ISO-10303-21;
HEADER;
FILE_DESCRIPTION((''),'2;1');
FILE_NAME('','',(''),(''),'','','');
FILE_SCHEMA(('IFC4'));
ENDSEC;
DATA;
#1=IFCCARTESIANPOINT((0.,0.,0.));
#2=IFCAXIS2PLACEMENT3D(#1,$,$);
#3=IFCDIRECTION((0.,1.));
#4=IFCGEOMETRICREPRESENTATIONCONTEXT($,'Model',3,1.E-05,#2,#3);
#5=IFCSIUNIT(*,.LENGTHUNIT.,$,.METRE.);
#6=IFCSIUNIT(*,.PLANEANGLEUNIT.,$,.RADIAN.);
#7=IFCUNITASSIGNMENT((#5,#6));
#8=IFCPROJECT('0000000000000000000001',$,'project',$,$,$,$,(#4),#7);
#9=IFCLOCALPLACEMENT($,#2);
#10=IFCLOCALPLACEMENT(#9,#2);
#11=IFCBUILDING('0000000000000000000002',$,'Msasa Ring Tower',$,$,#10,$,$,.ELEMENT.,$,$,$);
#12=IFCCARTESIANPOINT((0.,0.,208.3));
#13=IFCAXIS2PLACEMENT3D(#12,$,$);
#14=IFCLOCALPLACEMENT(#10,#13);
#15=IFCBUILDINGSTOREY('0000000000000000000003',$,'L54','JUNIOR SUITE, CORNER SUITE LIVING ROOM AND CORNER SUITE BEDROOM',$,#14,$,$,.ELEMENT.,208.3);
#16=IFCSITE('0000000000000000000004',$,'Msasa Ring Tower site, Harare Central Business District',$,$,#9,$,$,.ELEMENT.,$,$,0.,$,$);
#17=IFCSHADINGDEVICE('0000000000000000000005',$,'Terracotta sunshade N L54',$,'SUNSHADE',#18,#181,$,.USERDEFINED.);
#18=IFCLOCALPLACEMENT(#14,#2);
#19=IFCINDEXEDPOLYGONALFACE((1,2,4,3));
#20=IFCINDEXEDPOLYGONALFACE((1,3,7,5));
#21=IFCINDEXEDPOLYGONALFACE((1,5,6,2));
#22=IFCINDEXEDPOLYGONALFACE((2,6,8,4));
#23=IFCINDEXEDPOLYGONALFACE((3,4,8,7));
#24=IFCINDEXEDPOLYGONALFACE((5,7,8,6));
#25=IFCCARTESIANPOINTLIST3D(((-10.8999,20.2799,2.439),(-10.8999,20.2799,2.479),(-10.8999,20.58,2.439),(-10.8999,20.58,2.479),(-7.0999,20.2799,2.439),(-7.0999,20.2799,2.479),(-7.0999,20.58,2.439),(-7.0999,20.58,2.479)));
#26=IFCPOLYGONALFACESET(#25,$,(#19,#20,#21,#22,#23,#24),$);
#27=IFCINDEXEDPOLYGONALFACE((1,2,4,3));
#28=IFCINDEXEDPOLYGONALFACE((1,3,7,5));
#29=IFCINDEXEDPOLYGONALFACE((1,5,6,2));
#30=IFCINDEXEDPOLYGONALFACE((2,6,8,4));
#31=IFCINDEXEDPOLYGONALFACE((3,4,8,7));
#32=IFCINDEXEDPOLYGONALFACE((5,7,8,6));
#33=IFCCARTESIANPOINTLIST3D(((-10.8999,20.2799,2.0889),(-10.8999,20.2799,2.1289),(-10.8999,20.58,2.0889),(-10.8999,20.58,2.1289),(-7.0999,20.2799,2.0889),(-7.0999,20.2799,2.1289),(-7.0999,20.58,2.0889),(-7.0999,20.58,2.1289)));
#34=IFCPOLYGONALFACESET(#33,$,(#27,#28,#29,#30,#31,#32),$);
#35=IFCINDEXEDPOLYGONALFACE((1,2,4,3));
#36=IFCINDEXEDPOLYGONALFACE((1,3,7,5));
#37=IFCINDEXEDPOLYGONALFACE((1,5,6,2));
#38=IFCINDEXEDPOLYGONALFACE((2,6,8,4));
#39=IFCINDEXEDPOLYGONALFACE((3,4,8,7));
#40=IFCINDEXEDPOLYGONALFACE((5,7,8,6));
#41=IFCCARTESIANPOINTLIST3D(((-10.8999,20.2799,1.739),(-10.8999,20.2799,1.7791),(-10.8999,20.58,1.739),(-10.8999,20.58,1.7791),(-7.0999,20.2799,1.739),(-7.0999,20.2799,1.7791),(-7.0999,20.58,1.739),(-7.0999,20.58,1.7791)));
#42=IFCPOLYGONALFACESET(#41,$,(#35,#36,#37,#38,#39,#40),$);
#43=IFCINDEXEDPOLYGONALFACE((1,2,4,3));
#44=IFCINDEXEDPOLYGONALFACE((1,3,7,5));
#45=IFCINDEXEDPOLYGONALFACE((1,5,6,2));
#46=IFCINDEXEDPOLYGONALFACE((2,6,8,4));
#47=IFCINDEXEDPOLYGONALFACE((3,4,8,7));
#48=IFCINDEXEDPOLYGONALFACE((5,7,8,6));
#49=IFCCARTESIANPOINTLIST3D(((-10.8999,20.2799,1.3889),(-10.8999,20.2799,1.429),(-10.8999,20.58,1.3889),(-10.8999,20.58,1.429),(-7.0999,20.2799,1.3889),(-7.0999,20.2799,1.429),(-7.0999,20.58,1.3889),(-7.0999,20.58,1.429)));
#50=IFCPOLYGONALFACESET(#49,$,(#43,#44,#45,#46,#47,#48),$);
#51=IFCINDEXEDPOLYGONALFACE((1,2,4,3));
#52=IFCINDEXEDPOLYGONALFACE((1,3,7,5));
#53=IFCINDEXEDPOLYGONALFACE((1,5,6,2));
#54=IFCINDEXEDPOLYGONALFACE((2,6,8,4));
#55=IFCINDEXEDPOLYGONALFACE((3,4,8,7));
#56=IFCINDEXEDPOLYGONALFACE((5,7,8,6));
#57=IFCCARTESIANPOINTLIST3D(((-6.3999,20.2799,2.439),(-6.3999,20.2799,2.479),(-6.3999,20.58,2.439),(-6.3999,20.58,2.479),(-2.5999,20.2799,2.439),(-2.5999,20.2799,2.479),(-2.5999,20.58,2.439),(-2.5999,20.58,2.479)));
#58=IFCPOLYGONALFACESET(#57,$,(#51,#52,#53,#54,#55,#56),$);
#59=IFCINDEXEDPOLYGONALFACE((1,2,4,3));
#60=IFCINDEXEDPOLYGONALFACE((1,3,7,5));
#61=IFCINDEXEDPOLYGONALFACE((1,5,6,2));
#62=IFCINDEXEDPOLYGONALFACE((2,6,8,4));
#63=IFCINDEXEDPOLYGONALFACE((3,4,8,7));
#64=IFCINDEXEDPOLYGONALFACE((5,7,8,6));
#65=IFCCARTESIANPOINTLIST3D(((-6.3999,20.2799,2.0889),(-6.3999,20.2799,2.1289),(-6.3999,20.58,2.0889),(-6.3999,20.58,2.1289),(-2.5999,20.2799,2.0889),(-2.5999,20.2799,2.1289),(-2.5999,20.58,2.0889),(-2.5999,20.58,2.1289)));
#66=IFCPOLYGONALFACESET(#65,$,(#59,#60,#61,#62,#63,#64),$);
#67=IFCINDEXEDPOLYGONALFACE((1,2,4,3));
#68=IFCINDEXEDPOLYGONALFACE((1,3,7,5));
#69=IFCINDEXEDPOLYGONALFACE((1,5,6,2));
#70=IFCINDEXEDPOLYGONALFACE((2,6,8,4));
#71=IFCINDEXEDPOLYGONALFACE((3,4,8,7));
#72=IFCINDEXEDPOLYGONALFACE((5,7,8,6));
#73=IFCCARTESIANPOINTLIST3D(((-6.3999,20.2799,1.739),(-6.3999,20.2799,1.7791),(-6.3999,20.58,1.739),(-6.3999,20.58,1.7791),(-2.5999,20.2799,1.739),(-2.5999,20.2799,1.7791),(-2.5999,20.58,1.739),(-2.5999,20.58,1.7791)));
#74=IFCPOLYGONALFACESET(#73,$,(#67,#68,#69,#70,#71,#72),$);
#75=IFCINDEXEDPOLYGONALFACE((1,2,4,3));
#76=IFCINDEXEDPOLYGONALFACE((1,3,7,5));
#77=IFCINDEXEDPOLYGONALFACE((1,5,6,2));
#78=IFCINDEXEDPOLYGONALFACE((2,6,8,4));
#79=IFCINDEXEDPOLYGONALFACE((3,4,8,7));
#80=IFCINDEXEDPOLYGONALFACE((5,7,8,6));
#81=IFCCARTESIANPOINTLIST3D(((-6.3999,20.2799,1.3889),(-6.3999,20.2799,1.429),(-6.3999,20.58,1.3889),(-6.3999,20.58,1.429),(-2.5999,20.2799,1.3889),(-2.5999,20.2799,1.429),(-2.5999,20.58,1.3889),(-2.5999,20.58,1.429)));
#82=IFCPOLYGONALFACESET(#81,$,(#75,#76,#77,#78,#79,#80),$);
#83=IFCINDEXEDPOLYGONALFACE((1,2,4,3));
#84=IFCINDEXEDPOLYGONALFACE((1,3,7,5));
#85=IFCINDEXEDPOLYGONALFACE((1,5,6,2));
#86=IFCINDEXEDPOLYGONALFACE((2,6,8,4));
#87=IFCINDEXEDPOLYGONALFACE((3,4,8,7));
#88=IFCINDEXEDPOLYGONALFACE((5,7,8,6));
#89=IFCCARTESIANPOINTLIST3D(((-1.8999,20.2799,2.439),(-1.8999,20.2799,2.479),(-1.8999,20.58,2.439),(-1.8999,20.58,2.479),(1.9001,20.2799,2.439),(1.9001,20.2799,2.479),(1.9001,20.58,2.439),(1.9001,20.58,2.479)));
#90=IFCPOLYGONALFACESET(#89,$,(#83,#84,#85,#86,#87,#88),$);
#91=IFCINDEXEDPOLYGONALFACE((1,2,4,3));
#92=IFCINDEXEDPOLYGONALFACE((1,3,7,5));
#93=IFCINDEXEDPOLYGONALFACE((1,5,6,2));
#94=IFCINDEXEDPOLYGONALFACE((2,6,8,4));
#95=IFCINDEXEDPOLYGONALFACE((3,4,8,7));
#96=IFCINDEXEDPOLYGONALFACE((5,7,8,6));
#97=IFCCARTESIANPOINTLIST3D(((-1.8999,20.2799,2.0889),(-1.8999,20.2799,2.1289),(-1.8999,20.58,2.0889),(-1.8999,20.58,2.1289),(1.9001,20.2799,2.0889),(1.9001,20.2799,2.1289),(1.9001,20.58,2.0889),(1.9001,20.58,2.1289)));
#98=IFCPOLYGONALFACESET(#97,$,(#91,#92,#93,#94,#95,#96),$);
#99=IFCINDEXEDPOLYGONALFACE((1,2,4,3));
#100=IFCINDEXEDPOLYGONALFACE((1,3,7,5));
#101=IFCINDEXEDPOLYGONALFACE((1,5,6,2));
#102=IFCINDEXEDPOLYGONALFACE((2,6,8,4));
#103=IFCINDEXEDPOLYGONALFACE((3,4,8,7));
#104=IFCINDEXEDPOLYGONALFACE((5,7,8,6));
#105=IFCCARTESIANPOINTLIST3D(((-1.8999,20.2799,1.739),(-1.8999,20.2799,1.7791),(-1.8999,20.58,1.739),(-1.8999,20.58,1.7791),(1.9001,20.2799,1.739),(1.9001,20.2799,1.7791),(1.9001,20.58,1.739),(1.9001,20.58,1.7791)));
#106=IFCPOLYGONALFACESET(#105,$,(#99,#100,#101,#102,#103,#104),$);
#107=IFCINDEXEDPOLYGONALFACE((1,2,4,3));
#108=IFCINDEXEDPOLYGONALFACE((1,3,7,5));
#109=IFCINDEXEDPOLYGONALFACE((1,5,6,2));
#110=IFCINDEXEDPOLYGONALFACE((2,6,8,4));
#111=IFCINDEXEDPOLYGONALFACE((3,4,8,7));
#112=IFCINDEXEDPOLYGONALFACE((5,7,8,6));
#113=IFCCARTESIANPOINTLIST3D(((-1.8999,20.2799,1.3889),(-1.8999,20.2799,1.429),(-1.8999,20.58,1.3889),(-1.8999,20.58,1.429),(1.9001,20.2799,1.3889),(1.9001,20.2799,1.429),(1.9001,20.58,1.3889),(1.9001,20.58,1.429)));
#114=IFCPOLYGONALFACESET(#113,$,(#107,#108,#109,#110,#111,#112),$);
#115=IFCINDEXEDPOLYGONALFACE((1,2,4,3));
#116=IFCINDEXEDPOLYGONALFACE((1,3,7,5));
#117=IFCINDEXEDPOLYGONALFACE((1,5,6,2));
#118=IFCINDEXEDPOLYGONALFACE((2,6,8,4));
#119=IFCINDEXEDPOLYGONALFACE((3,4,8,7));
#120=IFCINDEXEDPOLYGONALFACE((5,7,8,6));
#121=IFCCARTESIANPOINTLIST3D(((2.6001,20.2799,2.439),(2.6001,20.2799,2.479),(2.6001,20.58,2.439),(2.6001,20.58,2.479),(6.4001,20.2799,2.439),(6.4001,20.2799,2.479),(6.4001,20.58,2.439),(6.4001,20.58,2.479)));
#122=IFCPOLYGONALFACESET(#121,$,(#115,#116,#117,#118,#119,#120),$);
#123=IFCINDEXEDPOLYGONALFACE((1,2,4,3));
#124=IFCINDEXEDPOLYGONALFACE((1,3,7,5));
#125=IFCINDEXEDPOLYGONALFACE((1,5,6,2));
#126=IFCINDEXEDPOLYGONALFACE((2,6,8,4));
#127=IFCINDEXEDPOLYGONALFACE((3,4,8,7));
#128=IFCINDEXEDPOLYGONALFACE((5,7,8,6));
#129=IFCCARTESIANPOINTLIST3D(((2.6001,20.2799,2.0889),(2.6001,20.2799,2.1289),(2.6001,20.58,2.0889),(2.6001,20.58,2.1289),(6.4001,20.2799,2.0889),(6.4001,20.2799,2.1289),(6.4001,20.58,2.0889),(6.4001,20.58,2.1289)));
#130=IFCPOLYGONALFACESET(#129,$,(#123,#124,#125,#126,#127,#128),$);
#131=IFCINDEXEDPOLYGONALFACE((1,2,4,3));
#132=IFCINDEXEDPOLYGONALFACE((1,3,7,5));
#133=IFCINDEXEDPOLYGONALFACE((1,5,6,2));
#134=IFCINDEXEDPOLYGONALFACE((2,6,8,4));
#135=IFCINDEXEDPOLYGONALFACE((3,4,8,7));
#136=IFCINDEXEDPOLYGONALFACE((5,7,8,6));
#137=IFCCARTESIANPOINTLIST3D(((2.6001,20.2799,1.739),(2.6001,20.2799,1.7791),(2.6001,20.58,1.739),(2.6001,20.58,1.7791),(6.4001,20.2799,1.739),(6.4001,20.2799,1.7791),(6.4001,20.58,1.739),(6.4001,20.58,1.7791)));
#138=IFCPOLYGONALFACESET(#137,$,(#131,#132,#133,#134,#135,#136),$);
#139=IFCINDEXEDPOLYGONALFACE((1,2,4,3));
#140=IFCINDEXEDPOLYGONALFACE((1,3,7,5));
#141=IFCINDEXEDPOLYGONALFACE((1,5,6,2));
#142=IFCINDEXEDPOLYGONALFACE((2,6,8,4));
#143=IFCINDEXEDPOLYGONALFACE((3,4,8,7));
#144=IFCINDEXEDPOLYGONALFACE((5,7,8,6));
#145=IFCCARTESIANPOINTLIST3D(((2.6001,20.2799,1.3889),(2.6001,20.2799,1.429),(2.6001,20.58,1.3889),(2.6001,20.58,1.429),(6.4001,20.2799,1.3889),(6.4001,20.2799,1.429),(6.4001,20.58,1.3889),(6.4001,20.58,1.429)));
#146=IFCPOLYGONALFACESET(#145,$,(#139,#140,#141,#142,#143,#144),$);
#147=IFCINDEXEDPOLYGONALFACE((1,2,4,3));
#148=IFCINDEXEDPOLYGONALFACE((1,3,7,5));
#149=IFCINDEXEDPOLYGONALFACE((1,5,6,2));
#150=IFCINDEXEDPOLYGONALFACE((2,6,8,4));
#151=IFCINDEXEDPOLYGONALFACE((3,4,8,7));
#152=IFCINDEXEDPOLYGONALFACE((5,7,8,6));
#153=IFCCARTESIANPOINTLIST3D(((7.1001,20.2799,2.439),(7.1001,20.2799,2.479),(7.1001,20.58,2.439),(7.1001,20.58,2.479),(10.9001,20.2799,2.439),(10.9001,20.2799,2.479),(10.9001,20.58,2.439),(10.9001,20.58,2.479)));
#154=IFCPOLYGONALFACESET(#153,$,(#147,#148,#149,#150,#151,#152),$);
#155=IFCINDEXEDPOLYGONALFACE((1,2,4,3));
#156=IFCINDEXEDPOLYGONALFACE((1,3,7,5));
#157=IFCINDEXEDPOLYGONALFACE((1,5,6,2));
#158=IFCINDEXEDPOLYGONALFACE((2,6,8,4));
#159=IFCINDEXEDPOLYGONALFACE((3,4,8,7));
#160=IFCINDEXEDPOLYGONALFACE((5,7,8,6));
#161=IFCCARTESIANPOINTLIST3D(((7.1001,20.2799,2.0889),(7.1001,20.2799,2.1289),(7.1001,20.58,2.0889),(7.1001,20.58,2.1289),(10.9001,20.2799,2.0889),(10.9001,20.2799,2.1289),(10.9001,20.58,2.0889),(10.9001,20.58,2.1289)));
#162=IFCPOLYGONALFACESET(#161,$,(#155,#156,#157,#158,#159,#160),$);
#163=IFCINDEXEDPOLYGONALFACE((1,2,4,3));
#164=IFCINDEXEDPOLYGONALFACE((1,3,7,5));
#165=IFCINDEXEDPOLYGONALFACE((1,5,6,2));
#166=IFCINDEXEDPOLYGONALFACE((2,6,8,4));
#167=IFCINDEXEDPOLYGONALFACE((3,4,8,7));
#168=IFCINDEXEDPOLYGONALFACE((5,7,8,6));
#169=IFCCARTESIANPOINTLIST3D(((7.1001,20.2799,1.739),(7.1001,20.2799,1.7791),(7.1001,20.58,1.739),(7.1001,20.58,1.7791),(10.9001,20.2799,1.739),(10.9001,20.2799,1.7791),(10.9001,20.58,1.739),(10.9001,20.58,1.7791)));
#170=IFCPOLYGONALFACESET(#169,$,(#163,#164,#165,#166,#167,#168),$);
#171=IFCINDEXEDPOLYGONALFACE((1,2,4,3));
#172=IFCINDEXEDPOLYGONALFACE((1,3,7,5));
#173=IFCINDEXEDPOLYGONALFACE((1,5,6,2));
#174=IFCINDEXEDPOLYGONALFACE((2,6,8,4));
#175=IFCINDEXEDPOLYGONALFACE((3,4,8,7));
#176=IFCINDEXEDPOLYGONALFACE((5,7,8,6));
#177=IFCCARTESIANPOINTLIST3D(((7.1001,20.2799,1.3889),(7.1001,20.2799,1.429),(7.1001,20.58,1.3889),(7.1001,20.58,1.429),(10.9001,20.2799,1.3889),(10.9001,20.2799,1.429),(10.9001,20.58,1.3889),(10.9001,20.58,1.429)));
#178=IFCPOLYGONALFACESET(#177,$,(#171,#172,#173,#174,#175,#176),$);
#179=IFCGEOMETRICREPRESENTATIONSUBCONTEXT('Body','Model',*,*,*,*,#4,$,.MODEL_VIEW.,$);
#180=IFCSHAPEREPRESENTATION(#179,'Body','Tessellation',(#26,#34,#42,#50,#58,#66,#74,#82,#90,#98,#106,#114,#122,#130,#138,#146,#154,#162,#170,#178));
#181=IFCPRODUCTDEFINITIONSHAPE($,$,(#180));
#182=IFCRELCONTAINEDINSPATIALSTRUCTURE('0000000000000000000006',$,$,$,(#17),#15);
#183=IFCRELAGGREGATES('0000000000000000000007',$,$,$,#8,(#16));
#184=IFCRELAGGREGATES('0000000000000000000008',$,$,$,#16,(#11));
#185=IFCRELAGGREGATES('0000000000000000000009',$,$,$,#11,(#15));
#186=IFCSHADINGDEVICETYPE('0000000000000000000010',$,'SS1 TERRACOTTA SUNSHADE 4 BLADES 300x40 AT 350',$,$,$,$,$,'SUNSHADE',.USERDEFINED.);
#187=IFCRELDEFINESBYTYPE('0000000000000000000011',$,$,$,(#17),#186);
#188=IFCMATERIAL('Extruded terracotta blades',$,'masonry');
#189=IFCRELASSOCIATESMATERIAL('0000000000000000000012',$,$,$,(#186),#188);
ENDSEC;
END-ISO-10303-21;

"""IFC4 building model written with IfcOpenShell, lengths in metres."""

from ifc_helpers import new_model, si_unit, direction, frame, origin, origin_2d, place, context, subcontext, project, spatial, rectangle, extrude, material, type_object, element, save


model = new_model("IFC4")

# Units and contexts
model_context = context("Model", 3, precision=1e-05, world=origin(), true_north=direction((0.0, 1.0)))
body_context = subcontext(model_context, "Body", "Model", "MODEL_VIEW")
ifc_project = project(units=[si_unit("LENGTHUNIT", "METRE"), si_unit("PLANEANGLEUNIT", "RADIAN")], contexts=[model_context])

# Site, building, storey
site_placement = place(None, origin())
site = spatial("IfcSite", under=ifc_project, at=site_placement, Name="Msasa Ring Tower site, Harare Central Business District", CompositionType="ELEMENT", RefElevation=0.0)
building_placement = place(site_placement, origin())
building = spatial("IfcBuilding", under=site, at=building_placement, Name="Msasa Ring Tower", CompositionType="ELEMENT")
storey_placement = place(building_placement, frame((0.0, 0.0, 208.3)))
storey = spatial("IfcBuildingStorey", under=building, at=storey_placement, Name="L54", Description="JUNIOR SUITE, CORNER SUITE LIVING ROOM AND CORNER SUITE BEDROOM", CompositionType="ELEMENT", Elevation=208.3)

# Shading device
ifc_material_1 = material(Name="Extruded terracotta blades", Category="masonry")
shading_device_type_1 = type_object("IfcShadingDeviceType", Name="SS1 TERRACOTTA SUNSHADE 4 BLADES 300x40 AT 350", ElementType="SUNSHADE", PredefinedType="USERDEFINED", material=ifc_material_1)
shading_device_1_placement = place(storey_placement, origin())
element("IfcShadingDevice", 1, at=shading_device_1_placement, inside=storey, type_object=shading_device_type_1, Name="Terracotta sunshade N L54", ObjectType="SUNSHADE", PredefinedType="USERDEFINED", context=body_context, shape_type="SweptSolid", body=[
    extrude(rectangle(XDim=0.04, YDim=0.3, at=origin_2d()), frame((-10.8999, 20.4299, 2.459), z_axis=(1.0, 0.0, 0.0), x_axis=(0.0, 0.0, 1.0)), (0.0, 0.0, 1.0), 3.8),
    extrude(rectangle(XDim=0.04, YDim=0.3, at=origin_2d()), frame((-10.8999, 20.4299, 2.1089), z_axis=(1.0, 0.0, 0.0), x_axis=(0.0, 0.0, 1.0)), (0.0, 0.0, 1.0), 3.8),
    extrude(rectangle(XDim=0.04, YDim=0.3, at=origin_2d()), frame((-10.8999, 20.4299, 1.759), z_axis=(1.0, 0.0, 0.0), x_axis=(0.0, 0.0, 1.0)), (0.0, 0.0, 1.0), 3.8),
    extrude(rectangle(XDim=0.04, YDim=0.3, at=origin_2d()), frame((-10.8999, 20.4299, 1.4089), z_axis=(1.0, 0.0, 0.0), x_axis=(0.0, 0.0, 1.0)), (0.0, 0.0, 1.0), 3.8),
    extrude(rectangle(XDim=0.04, YDim=0.3, at=origin_2d()), frame((-6.3999, 20.4299, 2.459), z_axis=(1.0, 0.0, 0.0), x_axis=(0.0, 0.0, 1.0)), (0.0, 0.0, 1.0), 3.8),
    extrude(rectangle(XDim=0.04, YDim=0.3, at=origin_2d()), frame((-6.3999, 20.4299, 2.1089), z_axis=(1.0, 0.0, 0.0), x_axis=(0.0, 0.0, 1.0)), (0.0, 0.0, 1.0), 3.8),
    extrude(rectangle(XDim=0.04, YDim=0.3, at=origin_2d()), frame((-6.3999, 20.4299, 1.759), z_axis=(1.0, 0.0, 0.0), x_axis=(0.0, 0.0, 1.0)), (0.0, 0.0, 1.0), 3.8),
    extrude(rectangle(XDim=0.04, YDim=0.3, at=origin_2d()), frame((-6.3999, 20.4299, 1.4089), z_axis=(1.0, 0.0, 0.0), x_axis=(0.0, 0.0, 1.0)), (0.0, 0.0, 1.0), 3.8),
    extrude(rectangle(XDim=0.04, YDim=0.3, at=origin_2d()), frame((-1.8999, 20.4299, 2.459), z_axis=(1.0, 0.0, 0.0), x_axis=(0.0, 0.0, 1.0)), (0.0, 0.0, 1.0), 3.8),
    extrude(rectangle(XDim=0.04, YDim=0.3, at=origin_2d()), frame((-1.8999, 20.4299, 2.1089), z_axis=(1.0, 0.0, 0.0), x_axis=(0.0, 0.0, 1.0)), (0.0, 0.0, 1.0), 3.8),
    extrude(rectangle(XDim=0.04, YDim=0.3, at=origin_2d()), frame((-1.8999, 20.4299, 1.759), z_axis=(1.0, 0.0, 0.0), x_axis=(0.0, 0.0, 1.0)), (0.0, 0.0, 1.0), 3.8),
    extrude(rectangle(XDim=0.04, YDim=0.3, at=origin_2d()), frame((-1.8999, 20.4299, 1.4089), z_axis=(1.0, 0.0, 0.0), x_axis=(0.0, 0.0, 1.0)), (0.0, 0.0, 1.0), 3.8),
    extrude(rectangle(XDim=0.04, YDim=0.3, at=origin_2d()), frame((2.6001, 20.4299, 2.459), z_axis=(1.0, 0.0, 0.0), x_axis=(0.0, 0.0, 1.0)), (0.0, 0.0, 1.0), 3.8),
    extrude(rectangle(XDim=0.04, YDim=0.3, at=origin_2d()), frame((2.6001, 20.4299, 2.1089), z_axis=(1.0, 0.0, 0.0), x_axis=(0.0, 0.0, 1.0)), (0.0, 0.0, 1.0), 3.8),
    extrude(rectangle(XDim=0.04, YDim=0.3, at=origin_2d()), frame((2.6001, 20.4299, 1.759), z_axis=(1.0, 0.0, 0.0), x_axis=(0.0, 0.0, 1.0)), (0.0, 0.0, 1.0), 3.8),
    extrude(rectangle(XDim=0.04, YDim=0.3, at=origin_2d()), frame((2.6001, 20.4299, 1.4089), z_axis=(1.0, 0.0, 0.0), x_axis=(0.0, 0.0, 1.0)), (0.0, 0.0, 1.0), 3.8),
    extrude(rectangle(XDim=0.04, YDim=0.3, at=origin_2d()), frame((7.1001, 20.4299, 2.459), z_axis=(1.0, 0.0, 0.0), x_axis=(0.0, 0.0, 1.0)), (0.0, 0.0, 1.0), 3.8),
    extrude(rectangle(XDim=0.04, YDim=0.3, at=origin_2d()), frame((7.1001, 20.4299, 2.1089), z_axis=(1.0, 0.0, 0.0), x_axis=(0.0, 0.0, 1.0)), (0.0, 0.0, 1.0), 3.8),
    extrude(rectangle(XDim=0.04, YDim=0.3, at=origin_2d()), frame((7.1001, 20.4299, 1.759), z_axis=(1.0, 0.0, 0.0), x_axis=(0.0, 0.0, 1.0)), (0.0, 0.0, 1.0), 3.8),
    extrude(rectangle(XDim=0.04, YDim=0.3, at=origin_2d()), frame((7.1001, 20.4299, 1.4089), z_axis=(1.0, 0.0, 0.0), x_axis=(0.0, 0.0, 1.0)), (0.0, 0.0, 1.0), 3.8),
])

save(model, "model.ifc")
